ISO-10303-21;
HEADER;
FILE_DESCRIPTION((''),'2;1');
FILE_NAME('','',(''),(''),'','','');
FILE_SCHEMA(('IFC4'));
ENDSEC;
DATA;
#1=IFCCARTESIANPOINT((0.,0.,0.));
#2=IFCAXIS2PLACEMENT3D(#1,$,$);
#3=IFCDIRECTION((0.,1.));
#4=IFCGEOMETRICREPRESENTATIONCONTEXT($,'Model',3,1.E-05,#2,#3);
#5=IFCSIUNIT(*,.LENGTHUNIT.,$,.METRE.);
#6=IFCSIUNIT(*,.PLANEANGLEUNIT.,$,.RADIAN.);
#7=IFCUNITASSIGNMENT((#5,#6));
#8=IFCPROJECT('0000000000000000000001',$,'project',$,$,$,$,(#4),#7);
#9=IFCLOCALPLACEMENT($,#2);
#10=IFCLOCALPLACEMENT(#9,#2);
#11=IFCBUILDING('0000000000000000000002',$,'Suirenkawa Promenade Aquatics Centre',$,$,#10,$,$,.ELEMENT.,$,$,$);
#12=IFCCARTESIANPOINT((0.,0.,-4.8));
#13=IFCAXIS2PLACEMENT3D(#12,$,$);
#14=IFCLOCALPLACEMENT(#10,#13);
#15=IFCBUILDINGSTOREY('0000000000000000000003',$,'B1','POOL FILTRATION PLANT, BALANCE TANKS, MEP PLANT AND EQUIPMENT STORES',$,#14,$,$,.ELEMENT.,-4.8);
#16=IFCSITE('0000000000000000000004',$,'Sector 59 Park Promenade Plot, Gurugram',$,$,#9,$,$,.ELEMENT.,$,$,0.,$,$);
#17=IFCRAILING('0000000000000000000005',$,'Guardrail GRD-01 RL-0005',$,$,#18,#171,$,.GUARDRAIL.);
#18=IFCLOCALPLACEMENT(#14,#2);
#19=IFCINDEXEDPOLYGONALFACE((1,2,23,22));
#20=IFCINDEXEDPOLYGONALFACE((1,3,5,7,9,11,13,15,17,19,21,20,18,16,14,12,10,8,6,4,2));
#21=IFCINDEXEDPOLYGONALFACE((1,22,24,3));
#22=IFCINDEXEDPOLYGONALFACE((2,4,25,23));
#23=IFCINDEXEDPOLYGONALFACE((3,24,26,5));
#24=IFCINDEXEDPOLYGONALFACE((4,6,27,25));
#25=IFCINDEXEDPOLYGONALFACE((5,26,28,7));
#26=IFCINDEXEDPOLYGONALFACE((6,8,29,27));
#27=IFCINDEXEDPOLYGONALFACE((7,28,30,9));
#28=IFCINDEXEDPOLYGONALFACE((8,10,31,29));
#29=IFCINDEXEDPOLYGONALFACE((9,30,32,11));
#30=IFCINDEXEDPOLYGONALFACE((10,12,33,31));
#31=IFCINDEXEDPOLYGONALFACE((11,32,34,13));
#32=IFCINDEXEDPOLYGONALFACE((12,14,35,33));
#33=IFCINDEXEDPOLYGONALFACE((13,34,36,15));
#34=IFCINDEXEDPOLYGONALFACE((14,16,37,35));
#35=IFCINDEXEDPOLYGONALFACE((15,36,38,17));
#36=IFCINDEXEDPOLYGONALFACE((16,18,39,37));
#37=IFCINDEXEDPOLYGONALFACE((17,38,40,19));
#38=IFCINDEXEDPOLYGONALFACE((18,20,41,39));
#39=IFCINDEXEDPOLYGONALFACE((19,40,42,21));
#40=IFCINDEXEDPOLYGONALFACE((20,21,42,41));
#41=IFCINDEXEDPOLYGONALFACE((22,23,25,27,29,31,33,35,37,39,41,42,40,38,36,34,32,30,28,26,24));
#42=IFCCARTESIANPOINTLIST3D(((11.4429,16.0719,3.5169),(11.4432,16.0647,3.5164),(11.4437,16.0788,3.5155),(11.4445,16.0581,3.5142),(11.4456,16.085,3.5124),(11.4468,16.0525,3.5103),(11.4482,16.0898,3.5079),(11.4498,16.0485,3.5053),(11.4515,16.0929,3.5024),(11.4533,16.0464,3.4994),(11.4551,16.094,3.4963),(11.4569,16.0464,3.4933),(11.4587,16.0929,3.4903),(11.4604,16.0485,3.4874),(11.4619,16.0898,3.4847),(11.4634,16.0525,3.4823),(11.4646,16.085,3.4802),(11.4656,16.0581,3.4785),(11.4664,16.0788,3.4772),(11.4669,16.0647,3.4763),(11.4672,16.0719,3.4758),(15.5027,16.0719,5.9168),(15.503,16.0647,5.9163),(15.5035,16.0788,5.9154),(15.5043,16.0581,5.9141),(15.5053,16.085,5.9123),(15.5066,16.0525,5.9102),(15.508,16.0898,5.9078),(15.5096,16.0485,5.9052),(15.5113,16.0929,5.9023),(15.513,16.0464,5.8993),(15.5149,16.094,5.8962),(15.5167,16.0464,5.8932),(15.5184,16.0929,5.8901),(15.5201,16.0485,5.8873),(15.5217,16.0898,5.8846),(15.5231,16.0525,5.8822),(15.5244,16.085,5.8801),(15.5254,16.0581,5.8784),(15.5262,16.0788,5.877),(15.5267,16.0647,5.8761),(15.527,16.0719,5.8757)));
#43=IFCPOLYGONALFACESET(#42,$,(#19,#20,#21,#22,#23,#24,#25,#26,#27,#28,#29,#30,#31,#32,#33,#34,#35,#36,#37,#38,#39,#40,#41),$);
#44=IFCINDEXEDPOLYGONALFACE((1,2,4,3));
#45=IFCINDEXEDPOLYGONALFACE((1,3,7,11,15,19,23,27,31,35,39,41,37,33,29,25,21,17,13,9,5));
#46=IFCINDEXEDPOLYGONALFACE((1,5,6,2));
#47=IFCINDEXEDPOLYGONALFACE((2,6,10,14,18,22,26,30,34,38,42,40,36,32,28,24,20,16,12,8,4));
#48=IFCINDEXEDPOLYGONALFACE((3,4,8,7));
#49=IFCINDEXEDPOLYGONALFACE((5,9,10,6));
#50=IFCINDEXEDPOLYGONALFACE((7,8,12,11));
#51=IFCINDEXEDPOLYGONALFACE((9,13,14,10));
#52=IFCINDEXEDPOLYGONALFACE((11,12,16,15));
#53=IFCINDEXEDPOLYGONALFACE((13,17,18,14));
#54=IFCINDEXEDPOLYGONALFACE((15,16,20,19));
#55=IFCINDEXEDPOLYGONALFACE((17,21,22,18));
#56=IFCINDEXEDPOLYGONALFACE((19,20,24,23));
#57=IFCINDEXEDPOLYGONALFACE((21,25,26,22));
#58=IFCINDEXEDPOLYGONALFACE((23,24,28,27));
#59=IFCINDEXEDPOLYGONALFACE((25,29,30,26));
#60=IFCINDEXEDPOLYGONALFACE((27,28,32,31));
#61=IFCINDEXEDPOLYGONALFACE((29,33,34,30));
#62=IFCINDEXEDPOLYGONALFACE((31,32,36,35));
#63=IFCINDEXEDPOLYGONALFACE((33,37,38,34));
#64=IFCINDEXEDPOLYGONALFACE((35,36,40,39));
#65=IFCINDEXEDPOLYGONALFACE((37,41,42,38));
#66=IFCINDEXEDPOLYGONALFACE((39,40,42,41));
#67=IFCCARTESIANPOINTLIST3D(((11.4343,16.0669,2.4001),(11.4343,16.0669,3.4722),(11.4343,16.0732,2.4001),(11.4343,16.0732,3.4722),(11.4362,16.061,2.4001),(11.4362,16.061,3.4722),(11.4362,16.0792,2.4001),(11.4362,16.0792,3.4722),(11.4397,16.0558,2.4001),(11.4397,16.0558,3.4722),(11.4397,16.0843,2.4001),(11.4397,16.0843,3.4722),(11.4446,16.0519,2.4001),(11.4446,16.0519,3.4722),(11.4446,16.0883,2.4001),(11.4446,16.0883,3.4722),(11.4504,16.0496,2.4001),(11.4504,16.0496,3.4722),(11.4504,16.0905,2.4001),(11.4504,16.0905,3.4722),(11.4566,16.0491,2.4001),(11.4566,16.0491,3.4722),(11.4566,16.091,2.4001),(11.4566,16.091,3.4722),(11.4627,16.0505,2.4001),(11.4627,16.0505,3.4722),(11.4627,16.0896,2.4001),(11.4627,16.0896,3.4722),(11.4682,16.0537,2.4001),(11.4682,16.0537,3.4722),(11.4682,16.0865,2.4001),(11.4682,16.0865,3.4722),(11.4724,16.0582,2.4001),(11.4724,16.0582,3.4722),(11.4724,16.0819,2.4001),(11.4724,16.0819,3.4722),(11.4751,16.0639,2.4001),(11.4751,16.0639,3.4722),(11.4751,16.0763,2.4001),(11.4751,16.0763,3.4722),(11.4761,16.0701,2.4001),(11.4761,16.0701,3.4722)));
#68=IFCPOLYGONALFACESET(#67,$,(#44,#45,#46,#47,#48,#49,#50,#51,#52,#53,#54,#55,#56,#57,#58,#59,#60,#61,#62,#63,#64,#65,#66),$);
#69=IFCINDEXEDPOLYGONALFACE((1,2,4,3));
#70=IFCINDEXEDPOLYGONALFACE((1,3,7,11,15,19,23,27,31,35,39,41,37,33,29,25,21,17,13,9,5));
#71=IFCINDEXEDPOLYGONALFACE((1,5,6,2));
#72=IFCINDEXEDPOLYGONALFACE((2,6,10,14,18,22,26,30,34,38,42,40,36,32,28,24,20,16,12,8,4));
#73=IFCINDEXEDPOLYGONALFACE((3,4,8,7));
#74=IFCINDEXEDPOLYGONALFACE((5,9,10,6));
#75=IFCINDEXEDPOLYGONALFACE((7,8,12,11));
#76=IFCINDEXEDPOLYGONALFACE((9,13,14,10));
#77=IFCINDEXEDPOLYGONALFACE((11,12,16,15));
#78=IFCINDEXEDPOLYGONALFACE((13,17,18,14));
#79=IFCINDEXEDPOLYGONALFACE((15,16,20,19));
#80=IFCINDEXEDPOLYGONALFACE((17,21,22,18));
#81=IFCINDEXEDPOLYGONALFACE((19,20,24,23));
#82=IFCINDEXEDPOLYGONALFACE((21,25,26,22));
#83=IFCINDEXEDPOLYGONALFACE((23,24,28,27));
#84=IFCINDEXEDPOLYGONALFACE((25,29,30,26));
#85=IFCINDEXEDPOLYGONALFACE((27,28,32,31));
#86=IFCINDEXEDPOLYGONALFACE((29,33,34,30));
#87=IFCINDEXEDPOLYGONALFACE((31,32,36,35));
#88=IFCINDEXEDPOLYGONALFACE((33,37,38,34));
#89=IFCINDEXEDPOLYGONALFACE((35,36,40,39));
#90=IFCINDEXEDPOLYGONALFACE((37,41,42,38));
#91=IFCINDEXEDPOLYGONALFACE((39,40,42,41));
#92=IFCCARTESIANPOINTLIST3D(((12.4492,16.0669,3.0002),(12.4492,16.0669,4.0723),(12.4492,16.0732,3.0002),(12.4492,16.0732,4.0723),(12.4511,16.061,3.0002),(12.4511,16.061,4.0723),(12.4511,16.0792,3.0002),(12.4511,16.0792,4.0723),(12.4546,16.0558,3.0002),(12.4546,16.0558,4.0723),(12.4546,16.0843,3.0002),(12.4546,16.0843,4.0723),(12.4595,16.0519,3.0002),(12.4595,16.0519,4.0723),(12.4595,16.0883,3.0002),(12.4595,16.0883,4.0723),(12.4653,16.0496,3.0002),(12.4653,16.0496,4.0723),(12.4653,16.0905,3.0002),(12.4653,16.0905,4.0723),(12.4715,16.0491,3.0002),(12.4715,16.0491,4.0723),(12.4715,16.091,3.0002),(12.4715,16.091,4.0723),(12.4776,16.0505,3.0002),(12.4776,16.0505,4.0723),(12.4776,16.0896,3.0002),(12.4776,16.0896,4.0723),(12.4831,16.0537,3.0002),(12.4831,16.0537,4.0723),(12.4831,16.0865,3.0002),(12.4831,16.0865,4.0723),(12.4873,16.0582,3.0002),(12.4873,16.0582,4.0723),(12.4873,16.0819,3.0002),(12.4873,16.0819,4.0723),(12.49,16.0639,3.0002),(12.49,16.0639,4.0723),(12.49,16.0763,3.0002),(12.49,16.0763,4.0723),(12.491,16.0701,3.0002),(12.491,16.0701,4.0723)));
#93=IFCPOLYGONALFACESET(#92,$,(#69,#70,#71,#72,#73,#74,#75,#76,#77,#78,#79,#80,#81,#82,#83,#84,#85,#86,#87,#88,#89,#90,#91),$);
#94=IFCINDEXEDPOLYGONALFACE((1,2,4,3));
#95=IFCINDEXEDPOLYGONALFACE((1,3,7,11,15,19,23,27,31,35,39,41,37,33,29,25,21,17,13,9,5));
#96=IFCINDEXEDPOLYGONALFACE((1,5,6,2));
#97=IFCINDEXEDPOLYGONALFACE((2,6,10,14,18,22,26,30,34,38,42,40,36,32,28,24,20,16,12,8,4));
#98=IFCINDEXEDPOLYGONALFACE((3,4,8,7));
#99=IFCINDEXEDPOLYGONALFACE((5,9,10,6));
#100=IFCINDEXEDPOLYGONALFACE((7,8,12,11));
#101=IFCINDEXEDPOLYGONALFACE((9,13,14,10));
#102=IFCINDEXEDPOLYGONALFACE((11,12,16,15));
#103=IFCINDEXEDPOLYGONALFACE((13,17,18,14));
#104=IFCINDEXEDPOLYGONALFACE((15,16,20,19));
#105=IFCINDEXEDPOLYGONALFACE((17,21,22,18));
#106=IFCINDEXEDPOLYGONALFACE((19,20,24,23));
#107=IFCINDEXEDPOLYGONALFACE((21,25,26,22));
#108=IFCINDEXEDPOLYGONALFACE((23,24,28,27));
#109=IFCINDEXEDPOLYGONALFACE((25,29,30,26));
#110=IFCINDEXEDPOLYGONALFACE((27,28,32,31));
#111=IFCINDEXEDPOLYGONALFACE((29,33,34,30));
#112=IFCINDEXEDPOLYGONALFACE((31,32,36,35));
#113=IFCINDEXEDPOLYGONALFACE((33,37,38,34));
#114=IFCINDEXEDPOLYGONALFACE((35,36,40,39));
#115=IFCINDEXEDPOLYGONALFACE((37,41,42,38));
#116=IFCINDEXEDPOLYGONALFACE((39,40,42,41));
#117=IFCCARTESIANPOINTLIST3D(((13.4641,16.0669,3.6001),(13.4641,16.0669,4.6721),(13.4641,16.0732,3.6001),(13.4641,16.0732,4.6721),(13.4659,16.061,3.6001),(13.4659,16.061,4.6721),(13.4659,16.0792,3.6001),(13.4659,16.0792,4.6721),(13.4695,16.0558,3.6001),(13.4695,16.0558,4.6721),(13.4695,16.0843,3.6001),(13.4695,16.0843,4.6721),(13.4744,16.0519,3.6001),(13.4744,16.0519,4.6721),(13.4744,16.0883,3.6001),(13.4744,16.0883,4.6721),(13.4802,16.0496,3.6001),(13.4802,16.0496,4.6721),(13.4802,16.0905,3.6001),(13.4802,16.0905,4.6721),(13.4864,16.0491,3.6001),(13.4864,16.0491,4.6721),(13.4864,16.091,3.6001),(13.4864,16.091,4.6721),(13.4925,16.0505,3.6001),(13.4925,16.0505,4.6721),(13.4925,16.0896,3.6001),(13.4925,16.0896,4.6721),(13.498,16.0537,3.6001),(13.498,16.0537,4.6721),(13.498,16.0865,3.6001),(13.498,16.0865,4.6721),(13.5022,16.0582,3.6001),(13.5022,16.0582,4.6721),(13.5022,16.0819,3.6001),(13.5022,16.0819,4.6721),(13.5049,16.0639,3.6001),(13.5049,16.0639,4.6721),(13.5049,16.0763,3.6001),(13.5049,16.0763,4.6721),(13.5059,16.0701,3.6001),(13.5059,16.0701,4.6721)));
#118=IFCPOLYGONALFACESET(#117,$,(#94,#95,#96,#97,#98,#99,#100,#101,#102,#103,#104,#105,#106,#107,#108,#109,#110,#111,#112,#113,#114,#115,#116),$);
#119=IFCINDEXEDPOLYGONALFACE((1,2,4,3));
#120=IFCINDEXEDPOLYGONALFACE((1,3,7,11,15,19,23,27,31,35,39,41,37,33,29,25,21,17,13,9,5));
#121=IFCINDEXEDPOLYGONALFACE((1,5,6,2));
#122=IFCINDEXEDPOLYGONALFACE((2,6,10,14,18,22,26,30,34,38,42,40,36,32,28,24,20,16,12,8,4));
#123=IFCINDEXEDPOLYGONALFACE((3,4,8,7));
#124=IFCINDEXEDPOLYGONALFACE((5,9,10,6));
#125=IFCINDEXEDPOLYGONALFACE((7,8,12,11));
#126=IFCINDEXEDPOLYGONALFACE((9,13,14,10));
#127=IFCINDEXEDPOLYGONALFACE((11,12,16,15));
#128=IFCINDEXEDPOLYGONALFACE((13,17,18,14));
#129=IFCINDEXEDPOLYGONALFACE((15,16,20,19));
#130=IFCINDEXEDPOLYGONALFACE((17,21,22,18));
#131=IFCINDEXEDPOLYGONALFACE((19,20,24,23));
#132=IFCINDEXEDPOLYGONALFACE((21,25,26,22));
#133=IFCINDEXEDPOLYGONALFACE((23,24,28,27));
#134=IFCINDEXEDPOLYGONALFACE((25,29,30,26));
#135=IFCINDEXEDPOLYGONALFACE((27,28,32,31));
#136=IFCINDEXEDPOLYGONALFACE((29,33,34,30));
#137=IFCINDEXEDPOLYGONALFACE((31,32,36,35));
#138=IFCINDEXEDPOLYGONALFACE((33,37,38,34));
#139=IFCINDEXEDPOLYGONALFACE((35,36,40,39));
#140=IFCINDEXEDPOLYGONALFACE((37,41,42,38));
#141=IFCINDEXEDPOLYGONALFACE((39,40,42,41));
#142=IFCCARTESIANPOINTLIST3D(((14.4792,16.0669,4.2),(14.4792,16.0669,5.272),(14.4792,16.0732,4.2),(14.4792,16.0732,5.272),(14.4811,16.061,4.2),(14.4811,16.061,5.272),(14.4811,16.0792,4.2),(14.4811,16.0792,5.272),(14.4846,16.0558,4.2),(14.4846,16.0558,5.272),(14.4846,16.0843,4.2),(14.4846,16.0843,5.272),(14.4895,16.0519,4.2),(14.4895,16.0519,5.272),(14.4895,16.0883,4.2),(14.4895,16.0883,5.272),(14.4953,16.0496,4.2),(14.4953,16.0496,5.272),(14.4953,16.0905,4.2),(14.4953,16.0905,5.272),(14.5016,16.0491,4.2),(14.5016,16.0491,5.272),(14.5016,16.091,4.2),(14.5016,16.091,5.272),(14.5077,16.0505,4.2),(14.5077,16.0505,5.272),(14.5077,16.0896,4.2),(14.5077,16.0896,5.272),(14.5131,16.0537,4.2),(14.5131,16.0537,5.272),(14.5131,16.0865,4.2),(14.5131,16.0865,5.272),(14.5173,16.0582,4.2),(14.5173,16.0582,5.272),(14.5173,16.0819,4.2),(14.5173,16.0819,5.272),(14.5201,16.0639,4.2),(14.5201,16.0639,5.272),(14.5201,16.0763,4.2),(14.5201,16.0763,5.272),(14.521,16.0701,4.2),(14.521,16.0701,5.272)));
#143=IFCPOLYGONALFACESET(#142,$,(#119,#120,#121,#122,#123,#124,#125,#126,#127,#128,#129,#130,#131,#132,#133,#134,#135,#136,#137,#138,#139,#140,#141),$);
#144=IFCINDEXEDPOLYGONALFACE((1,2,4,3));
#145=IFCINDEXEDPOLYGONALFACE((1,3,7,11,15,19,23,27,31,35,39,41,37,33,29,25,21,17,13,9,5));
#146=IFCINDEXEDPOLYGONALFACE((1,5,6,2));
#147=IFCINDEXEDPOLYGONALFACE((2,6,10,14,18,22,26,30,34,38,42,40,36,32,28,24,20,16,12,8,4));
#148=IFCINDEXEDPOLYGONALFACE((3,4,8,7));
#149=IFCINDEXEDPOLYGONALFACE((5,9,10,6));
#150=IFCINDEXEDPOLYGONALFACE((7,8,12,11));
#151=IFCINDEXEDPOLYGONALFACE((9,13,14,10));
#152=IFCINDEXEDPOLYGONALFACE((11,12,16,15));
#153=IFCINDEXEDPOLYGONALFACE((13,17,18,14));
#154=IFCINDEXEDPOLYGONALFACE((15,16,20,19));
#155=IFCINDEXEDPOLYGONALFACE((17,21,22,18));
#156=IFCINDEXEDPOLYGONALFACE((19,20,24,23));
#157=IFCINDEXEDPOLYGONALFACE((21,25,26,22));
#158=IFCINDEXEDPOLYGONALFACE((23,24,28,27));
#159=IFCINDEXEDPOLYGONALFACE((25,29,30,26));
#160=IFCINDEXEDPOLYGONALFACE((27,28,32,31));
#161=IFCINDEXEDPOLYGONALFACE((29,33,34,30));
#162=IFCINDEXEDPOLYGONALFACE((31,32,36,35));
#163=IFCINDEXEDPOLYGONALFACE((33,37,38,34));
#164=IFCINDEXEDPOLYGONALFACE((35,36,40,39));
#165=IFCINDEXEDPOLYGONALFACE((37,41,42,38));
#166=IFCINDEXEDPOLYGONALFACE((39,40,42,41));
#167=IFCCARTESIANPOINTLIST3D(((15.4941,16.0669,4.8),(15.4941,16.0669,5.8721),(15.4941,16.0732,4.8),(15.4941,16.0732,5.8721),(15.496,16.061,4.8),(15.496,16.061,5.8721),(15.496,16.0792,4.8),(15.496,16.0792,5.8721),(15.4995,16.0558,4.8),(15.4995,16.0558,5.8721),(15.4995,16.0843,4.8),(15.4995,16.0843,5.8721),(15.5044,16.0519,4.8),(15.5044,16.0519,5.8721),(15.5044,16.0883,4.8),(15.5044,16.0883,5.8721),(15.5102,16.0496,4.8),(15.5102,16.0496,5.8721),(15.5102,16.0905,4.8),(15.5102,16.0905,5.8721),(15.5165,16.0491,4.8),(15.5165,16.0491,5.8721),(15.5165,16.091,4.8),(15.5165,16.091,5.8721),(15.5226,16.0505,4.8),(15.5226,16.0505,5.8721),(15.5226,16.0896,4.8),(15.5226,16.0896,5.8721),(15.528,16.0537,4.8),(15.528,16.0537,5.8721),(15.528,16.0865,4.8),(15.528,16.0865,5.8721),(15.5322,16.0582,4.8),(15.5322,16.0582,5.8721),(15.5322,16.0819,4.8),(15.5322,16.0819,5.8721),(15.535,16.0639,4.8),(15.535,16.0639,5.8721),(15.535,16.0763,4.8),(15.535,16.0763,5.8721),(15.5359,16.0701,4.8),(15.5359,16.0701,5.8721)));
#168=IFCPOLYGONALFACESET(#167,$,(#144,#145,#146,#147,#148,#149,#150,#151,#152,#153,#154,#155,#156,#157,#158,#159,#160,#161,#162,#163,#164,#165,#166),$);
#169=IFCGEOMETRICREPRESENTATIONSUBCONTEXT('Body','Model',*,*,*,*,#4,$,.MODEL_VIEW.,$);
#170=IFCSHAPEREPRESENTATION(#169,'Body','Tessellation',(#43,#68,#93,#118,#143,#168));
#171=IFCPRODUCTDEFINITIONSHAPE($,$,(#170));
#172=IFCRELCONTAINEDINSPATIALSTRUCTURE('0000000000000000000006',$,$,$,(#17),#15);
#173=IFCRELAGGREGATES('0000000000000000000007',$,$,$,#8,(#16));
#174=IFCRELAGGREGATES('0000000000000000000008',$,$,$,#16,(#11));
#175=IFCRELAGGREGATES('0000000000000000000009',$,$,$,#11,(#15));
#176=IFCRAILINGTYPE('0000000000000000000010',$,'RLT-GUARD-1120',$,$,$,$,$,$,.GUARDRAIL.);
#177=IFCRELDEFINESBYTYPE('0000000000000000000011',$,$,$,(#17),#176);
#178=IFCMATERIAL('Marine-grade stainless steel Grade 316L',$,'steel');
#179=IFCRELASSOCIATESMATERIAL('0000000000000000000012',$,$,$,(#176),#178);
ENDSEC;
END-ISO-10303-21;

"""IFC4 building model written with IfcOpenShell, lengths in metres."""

from ifc_helpers import new_model, si_unit, direction, frame, origin, origin_2d, place, context, subcontext, project, spatial, circle, extrude, material, type_object, element, save


model = new_model("IFC4")

# Units and contexts
model_context = context("Model", 3, precision=1e-05, world=origin(), true_north=direction((0.0, 1.0)))
body_context = subcontext(model_context, "Body", "Model", "MODEL_VIEW")
ifc_project = project(units=[si_unit("LENGTHUNIT", "METRE"), si_unit("PLANEANGLEUNIT", "RADIAN")], contexts=[model_context])

# Site, building, storey
site_placement = place(None, origin())
site = spatial("IfcSite", under=ifc_project, at=site_placement, Name="Sector 59 Park Promenade Plot, Gurugram", CompositionType="ELEMENT", RefElevation=0.0)
building_placement = place(site_placement, origin())
building = spatial("IfcBuilding", under=site, at=building_placement, Name="Suirenkawa Promenade Aquatics Centre", CompositionType="ELEMENT")
storey_placement = place(building_placement, frame((0.0, 0.0, -4.8)))
storey = spatial("IfcBuildingStorey", under=building, at=storey_placement, Name="B1", Description="POOL FILTRATION PLANT, BALANCE TANKS, MEP PLANT AND EQUIPMENT STORES", CompositionType="ELEMENT", Elevation=-4.8)

# Railing
ifc_material_1 = material(Name="Marine-grade stainless steel Grade 316L", Category="steel")
railing_type_1 = type_object("IfcRailingType", Name="RLT-GUARD-1120", PredefinedType="GUARDRAIL", material=ifc_material_1)
for number, where, name in (
    (1, (11.4551, 16.0701, 2.4001), "Guardrail GRD-01 RL-0005"),
):
    element("IfcRailing", number, at=place(storey_placement, frame(where)), inside=storey, type_object=railing_type_1, Name=name, PredefinedType="GUARDRAIL", context=body_context, shape_type="SweptSolid", body=[
        extrude(circle(Radius=0.0239, at=origin_2d()), frame((0.0, 0.0, 1.0962), z_axis=(0.860841, 0.0, 0.508874), x_axis=(0.0, 1.0, 0.0)), (0.0, 0.0, 1.0), 4.7161),
        extrude(circle(Radius=0.021, at=origin_2d()), origin(), (0.0, 0.0, 1.0), 1.072),
        extrude(circle(Radius=0.021, at=origin_2d()), frame((1.0149, 0.0, 0.6001)), (0.0, 0.0, 1.0), 1.072),
        extrude(circle(Radius=0.021, at=origin_2d()), frame((2.0298, 0.0, 1.2)), (0.0, 0.0, 1.0), 1.072),
        extrude(circle(Radius=0.021, at=origin_2d()), frame((3.0449, 0.0, 1.7998)), (0.0, 0.0, 1.0), 1.072),
        extrude(circle(Radius=0.021, at=origin_2d()), frame((4.0598, 0.0, 2.3999)), (0.0, 0.0, 1.0), 1.072),
    ])

save(model, "model.ifc")
